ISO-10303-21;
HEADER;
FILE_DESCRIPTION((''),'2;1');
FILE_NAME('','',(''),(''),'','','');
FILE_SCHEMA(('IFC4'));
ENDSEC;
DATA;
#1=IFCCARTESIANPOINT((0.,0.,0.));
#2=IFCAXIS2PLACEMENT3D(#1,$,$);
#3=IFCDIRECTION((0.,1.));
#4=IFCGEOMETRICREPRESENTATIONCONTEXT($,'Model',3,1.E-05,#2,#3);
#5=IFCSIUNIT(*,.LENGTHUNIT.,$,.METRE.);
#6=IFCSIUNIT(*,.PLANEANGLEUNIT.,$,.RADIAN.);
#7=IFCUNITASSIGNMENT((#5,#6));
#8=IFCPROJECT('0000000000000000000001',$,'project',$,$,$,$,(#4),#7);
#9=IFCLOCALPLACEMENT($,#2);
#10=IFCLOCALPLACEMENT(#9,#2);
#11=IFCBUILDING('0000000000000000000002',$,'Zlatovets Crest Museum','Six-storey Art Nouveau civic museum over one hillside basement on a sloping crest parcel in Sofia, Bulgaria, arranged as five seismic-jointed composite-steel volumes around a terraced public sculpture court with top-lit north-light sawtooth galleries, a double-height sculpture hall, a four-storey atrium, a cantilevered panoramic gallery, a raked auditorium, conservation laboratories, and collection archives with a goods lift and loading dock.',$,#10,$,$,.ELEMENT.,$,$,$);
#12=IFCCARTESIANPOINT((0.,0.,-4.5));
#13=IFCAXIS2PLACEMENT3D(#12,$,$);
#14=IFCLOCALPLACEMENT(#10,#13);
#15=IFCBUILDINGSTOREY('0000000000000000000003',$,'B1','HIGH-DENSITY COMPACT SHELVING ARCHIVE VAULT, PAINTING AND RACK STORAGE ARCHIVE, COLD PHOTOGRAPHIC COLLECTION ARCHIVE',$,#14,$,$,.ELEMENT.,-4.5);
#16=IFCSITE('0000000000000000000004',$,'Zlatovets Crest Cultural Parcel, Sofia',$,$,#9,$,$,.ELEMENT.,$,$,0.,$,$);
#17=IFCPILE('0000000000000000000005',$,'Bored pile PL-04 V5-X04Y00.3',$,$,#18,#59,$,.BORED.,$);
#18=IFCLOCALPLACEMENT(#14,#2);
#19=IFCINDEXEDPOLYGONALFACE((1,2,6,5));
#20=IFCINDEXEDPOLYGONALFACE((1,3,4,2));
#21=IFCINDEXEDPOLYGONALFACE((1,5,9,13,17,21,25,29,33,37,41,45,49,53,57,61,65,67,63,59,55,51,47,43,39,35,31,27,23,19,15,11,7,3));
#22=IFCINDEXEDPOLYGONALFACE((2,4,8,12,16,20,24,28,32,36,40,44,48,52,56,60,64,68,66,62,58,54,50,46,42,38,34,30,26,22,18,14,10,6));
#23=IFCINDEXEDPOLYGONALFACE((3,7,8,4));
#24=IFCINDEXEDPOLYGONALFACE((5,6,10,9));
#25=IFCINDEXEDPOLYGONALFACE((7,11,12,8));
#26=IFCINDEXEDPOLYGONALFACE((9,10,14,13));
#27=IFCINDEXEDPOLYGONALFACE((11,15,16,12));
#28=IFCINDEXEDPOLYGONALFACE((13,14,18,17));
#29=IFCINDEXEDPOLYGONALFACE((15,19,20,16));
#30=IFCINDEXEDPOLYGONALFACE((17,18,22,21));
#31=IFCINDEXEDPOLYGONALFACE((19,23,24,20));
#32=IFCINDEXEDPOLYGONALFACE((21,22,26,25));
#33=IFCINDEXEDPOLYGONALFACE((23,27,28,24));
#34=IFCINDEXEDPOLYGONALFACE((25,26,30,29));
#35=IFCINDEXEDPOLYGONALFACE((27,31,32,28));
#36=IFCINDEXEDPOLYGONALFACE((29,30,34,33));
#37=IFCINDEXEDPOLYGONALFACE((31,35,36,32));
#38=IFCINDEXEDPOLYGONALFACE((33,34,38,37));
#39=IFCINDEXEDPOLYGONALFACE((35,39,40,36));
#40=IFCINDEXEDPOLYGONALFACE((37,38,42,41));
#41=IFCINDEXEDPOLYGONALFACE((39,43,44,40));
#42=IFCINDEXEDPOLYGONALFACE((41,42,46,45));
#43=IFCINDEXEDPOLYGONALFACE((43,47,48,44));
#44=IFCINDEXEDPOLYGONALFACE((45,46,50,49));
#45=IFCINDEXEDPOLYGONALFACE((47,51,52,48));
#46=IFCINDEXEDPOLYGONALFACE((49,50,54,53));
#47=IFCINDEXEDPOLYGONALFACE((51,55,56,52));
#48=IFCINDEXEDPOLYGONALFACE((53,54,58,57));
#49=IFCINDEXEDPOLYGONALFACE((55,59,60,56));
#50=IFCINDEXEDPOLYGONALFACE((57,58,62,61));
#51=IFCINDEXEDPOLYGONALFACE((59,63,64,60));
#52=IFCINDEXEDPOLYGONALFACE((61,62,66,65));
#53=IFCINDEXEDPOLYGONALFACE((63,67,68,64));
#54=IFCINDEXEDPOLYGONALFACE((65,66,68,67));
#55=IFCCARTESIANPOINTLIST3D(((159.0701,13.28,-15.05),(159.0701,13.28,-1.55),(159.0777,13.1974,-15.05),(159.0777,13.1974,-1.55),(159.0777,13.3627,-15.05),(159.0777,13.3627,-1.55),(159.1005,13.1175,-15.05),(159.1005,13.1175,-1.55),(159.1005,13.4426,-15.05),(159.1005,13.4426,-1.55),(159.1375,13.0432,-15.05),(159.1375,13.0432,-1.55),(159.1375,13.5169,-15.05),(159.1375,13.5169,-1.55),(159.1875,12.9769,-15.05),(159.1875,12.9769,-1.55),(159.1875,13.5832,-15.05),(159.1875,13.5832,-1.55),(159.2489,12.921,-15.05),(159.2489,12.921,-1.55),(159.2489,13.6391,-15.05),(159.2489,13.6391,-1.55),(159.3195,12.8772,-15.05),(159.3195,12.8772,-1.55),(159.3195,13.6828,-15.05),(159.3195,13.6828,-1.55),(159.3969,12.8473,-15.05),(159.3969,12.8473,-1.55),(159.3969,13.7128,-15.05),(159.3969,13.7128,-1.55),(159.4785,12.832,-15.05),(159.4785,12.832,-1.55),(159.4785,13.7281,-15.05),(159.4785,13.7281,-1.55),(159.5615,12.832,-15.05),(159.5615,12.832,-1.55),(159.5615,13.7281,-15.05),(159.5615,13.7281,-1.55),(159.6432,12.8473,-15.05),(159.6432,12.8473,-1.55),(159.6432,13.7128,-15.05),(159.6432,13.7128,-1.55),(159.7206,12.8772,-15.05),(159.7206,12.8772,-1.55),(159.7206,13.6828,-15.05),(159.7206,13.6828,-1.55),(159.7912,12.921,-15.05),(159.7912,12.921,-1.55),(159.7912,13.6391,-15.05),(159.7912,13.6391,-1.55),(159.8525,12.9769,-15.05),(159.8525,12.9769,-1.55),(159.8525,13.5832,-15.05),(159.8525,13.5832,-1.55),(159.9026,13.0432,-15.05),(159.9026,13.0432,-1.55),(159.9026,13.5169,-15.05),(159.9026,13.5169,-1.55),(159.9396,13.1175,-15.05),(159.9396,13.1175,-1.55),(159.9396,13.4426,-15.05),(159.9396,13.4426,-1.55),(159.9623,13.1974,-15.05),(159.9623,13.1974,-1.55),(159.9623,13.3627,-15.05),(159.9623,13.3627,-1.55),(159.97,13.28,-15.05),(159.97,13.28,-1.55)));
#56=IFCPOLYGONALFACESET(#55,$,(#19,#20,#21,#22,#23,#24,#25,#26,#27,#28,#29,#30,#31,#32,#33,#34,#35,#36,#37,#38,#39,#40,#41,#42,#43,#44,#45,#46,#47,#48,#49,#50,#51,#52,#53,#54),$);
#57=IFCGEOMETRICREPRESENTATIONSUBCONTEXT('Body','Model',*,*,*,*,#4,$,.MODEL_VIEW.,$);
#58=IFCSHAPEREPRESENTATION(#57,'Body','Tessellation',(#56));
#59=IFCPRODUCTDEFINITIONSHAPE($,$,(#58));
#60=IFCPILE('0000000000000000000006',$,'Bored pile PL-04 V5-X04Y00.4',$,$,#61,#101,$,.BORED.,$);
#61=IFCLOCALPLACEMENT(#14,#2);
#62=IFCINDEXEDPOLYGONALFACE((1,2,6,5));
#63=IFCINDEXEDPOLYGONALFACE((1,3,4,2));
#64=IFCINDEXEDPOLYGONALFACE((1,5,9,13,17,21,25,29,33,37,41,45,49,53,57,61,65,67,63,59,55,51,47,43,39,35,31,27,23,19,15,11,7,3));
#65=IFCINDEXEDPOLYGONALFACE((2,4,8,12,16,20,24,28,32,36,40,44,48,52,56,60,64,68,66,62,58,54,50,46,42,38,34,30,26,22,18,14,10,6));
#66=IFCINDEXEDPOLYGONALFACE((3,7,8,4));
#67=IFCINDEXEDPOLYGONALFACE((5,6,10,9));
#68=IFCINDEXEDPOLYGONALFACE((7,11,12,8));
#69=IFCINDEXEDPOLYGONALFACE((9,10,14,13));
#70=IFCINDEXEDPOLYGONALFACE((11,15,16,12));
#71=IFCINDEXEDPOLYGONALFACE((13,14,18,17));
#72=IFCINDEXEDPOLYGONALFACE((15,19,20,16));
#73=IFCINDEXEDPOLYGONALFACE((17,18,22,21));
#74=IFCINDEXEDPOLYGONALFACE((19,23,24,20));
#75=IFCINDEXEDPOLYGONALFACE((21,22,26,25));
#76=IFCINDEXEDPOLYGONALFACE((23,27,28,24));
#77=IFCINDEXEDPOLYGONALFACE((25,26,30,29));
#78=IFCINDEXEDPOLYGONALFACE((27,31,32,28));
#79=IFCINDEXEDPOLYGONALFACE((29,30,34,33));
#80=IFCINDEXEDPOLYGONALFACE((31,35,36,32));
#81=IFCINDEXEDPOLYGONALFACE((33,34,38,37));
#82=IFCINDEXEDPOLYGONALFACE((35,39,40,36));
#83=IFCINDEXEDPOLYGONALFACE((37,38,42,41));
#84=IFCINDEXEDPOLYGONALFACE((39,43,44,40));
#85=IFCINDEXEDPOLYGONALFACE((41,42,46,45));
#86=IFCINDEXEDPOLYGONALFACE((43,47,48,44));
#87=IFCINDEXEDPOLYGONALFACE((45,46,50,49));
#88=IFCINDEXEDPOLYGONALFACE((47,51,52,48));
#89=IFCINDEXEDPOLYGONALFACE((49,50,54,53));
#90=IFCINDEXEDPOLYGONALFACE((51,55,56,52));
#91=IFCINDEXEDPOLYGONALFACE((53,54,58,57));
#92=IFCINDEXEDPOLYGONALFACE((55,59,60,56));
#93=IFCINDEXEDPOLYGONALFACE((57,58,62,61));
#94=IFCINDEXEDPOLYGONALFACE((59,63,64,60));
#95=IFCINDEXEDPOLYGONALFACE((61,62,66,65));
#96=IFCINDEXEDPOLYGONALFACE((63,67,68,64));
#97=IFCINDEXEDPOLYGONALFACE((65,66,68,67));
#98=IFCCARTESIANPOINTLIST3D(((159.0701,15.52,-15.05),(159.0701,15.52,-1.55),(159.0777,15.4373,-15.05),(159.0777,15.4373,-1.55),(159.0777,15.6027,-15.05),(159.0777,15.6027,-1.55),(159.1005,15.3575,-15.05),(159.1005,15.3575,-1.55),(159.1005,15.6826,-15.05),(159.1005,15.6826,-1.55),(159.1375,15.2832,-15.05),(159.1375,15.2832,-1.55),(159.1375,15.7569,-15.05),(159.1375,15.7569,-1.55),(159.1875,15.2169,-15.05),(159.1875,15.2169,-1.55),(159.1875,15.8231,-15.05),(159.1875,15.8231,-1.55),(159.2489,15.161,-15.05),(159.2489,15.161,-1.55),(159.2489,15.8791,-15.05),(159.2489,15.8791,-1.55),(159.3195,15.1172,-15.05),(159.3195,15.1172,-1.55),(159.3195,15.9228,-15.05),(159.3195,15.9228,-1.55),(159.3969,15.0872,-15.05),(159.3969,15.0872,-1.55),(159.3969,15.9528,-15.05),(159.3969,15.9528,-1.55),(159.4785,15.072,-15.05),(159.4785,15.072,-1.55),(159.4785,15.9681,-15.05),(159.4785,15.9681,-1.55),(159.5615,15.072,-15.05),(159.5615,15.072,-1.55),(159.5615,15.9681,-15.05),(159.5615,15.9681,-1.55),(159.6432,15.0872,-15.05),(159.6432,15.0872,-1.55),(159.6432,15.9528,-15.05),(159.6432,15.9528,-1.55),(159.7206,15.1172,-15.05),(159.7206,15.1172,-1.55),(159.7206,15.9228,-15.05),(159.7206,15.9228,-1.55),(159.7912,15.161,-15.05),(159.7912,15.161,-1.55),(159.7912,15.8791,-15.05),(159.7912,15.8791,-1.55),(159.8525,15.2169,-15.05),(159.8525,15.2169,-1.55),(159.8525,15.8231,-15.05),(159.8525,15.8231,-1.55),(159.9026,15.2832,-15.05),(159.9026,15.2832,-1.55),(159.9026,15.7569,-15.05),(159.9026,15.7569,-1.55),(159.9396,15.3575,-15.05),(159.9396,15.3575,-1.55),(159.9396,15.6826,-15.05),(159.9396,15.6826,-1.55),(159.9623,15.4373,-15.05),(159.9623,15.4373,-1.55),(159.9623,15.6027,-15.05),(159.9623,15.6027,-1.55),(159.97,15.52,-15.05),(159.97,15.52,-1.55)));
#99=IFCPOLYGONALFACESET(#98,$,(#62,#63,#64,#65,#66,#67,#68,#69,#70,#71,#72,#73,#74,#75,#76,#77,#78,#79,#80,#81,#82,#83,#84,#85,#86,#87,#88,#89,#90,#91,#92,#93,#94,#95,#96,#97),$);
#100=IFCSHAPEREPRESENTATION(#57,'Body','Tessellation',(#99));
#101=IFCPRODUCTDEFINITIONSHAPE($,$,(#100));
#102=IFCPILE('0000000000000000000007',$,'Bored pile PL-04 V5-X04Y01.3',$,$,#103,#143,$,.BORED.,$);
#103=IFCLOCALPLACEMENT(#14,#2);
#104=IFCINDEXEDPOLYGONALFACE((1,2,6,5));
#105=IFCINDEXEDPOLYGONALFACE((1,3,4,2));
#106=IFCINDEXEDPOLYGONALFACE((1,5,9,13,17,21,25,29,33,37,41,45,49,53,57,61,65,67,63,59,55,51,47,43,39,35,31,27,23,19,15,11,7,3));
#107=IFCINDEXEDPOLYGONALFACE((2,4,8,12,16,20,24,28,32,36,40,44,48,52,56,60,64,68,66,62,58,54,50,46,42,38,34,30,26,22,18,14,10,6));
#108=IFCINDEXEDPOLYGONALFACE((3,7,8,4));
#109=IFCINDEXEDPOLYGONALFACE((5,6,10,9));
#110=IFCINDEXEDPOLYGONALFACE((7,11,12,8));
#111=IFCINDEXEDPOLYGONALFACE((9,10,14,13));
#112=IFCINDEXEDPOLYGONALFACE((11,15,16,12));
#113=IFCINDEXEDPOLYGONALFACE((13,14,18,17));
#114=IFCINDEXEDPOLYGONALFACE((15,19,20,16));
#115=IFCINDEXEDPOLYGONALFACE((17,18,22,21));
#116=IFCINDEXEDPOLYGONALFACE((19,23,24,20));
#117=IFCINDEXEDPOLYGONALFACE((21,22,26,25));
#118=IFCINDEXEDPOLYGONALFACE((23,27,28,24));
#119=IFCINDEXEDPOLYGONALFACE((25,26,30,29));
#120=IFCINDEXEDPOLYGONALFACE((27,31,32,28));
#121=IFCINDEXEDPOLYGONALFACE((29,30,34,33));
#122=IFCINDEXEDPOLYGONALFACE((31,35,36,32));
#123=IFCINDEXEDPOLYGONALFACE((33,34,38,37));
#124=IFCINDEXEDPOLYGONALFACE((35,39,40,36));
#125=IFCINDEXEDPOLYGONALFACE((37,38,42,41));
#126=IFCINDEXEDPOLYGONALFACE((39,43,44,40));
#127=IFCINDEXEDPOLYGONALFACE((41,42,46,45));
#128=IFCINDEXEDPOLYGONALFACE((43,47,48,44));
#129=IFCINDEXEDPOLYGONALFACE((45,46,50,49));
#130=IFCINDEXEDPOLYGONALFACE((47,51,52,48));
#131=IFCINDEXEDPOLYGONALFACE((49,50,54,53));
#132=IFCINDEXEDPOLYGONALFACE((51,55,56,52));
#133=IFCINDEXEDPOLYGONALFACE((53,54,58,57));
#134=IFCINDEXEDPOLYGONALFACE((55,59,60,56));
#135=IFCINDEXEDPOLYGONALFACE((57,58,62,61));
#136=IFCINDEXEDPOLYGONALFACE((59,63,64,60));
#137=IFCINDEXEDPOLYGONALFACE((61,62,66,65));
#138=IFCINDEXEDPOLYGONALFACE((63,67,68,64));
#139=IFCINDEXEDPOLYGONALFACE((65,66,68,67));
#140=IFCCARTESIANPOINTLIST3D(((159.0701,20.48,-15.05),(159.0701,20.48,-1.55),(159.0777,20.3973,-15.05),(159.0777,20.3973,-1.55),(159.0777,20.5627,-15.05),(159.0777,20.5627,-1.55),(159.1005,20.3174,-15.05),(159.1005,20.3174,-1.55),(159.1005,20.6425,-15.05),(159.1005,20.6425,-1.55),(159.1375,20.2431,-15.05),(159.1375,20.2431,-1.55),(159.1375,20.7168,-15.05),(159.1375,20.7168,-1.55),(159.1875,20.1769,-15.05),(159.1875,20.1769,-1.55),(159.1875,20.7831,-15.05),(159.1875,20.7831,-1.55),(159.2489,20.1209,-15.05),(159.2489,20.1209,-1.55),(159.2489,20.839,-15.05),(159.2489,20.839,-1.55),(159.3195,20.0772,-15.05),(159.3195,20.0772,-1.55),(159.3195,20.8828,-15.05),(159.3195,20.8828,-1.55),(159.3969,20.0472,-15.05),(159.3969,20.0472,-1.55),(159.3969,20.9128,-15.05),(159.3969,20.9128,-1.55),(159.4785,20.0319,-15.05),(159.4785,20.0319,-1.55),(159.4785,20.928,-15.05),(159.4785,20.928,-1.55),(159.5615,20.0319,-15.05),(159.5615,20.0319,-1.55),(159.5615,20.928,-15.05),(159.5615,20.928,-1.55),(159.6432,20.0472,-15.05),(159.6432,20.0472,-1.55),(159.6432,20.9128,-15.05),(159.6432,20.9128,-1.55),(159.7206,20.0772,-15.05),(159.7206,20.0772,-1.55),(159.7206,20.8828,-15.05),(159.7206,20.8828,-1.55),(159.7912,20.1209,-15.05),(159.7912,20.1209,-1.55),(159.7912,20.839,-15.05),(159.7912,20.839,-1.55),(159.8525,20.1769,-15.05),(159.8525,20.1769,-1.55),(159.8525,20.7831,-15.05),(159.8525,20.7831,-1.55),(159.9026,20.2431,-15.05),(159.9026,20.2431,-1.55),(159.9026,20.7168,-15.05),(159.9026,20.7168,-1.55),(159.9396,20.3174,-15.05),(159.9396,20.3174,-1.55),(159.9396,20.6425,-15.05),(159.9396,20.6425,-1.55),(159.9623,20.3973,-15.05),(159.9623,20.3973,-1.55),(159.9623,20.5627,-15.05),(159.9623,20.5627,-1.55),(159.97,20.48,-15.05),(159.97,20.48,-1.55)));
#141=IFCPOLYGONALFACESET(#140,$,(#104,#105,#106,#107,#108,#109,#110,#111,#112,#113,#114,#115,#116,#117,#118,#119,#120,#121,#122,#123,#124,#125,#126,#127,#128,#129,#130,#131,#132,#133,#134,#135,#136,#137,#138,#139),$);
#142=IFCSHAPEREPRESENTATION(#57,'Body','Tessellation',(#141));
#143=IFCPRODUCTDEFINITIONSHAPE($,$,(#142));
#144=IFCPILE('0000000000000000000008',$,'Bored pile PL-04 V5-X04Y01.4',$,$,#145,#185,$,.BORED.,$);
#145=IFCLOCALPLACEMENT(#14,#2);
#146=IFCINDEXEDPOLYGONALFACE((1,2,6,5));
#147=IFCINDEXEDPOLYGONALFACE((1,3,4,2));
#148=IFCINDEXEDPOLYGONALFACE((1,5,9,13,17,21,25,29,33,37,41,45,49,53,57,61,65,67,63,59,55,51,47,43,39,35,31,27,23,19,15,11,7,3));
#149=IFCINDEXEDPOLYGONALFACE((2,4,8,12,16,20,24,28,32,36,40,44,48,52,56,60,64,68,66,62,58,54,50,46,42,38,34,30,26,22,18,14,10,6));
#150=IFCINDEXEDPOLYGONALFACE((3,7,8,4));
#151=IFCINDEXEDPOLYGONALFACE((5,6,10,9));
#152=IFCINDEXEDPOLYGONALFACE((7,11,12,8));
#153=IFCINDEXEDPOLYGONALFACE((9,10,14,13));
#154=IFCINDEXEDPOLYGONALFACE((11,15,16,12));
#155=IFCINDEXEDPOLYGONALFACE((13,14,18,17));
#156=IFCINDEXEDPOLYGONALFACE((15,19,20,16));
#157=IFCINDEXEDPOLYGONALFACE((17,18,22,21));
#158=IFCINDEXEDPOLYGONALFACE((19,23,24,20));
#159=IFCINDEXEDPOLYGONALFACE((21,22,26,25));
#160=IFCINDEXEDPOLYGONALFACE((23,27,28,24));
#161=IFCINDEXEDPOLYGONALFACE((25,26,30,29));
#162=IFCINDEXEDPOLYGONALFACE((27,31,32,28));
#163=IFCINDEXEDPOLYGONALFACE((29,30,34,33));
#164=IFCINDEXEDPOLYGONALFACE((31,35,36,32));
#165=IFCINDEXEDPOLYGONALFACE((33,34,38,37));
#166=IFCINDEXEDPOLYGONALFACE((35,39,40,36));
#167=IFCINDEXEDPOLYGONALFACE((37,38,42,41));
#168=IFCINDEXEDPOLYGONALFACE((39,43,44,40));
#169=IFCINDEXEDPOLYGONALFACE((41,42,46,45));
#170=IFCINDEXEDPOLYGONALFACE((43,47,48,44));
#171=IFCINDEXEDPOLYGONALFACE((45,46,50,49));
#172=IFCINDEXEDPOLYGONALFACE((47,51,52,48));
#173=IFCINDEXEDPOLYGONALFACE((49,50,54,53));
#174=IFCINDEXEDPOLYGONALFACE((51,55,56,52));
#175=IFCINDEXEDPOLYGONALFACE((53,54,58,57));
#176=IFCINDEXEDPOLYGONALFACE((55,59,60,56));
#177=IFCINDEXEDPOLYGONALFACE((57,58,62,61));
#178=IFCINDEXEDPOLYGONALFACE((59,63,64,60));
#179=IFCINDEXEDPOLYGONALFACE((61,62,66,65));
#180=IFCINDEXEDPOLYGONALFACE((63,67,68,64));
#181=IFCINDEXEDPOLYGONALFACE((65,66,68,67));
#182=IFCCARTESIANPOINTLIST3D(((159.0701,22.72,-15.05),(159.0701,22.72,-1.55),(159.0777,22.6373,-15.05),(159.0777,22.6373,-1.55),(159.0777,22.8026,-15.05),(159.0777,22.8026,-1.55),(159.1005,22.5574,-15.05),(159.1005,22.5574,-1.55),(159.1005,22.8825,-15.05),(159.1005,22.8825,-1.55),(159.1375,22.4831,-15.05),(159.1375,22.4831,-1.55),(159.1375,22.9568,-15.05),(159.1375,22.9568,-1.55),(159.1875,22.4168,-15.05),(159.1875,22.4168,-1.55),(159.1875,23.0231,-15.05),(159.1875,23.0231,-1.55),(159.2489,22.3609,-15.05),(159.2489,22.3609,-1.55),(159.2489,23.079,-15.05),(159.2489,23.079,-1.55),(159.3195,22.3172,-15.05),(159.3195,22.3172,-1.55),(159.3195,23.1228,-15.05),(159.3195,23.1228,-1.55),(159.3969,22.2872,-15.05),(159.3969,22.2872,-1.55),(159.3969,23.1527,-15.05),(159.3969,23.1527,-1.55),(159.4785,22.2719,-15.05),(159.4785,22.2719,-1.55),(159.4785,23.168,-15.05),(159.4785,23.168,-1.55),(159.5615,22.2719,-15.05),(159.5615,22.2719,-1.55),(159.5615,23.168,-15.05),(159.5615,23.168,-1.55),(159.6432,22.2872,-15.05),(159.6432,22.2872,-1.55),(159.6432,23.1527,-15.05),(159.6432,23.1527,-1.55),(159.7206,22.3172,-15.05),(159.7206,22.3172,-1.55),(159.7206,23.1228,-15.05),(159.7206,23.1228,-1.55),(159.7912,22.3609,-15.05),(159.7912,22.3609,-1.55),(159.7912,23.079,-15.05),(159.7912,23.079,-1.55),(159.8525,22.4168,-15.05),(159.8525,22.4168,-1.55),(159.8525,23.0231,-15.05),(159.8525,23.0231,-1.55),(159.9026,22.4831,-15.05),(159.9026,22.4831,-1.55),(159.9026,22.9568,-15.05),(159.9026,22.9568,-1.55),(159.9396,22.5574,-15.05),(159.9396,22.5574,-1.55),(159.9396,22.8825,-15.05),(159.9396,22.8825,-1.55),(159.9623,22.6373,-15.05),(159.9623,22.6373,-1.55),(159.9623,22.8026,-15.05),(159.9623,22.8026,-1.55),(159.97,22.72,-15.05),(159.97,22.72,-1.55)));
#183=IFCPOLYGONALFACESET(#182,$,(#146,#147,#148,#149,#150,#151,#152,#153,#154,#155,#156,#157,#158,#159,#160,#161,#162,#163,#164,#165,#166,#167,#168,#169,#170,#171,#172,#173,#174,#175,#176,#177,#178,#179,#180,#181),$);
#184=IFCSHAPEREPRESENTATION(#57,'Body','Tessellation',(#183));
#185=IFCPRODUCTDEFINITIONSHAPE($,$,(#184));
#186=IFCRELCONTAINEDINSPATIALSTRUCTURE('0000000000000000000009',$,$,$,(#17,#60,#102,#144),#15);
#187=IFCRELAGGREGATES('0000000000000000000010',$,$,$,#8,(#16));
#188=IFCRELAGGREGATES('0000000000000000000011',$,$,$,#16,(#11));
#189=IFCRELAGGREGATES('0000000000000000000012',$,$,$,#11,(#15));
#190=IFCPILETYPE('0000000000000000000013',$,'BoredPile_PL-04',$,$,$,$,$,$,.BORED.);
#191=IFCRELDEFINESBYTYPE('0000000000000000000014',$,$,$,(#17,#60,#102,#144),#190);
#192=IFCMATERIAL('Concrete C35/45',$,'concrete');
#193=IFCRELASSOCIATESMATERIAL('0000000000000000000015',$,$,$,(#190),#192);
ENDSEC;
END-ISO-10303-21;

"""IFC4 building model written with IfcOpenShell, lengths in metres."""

from ifc_helpers import new_model, si_unit, direction, frame, origin, origin_2d, place, context, subcontext, project, spatial, circle, extrude, material, material_profile, profile_set, type_object, element, save


model = new_model("IFC4")

# Units and contexts
model_context = context("Model", 3, precision=1e-05, world=origin(), true_north=direction((0.0, 1.0)))
body_context = subcontext(model_context, "Body", "Model", "MODEL_VIEW")
ifc_project = project(units=[si_unit("LENGTHUNIT", "METRE"), si_unit("PLANEANGLEUNIT", "RADIAN")], contexts=[model_context])

# Site, building, storey
site_placement = place(None, origin())
site = spatial("IfcSite", under=ifc_project, at=site_placement, Name="Zlatovets Crest Cultural Parcel, Sofia", CompositionType="ELEMENT", RefElevation=0.0)
building_placement = place(site_placement, origin())
building = spatial("IfcBuilding", under=site, at=building_placement, Name="Zlatovets Crest Museum", Description="Six-storey Art Nouveau civic museum over one hillside basement on a sloping crest parcel in Sofia, Bulgaria, arranged as five seismic-jointed composite-steel volumes around a terraced public sculpture court with top-lit north-light sawtooth galleries, a double-height sculpture hall, a four-storey atrium, a cantilevered panoramic gallery, a raked auditorium, conservation laboratories, and collection archives with a goods lift and loading dock.", CompositionType="ELEMENT")
storey_placement = place(building_placement, frame((0.0, 0.0, -4.5)))
storey = spatial("IfcBuildingStorey", under=building, at=storey_placement, Name="B1", Description="HIGH-DENSITY COMPACT SHELVING ARCHIVE VAULT, PAINTING AND RACK STORAGE ARCHIVE, COLD PHOTOGRAPHIC COLLECTION ARCHIVE", CompositionType="ELEMENT", Elevation=-4.5)

# Piles
ifc_material = material(Name="Concrete C35/45", Category="concrete")
ifc_material_profile_1 = material_profile(ifc_material, circle(Radius=0.45, at=origin_2d()), Name="PILE D900")
ifc_profile_set_1 = profile_set([ifc_material_profile_1], Name="Concrete C35/45")
pile_type = type_object("IfcPileType", Name="BoredPile_PL-04", PredefinedType="BORED", material=ifc_profile_set_1)
for number, where, z_axis, x_axis, name in (
    (1, (159.52, 13.28, -1.55), (0.0, 0.0, -1.0), (1.0, 0.0, 0.0), "Bored pile PL-04 V5-X04Y00.3"),
    (2, (159.52, 15.52, -1.55), (0.0, 0.0, -1.0), (1.0, 0.0, 0.0), "Bored pile PL-04 V5-X04Y00.4"),
    (3, (159.52, 20.48, -1.55), (0.0, 0.0, -1.0), (1.0, 0.0, 0.0), "Bored pile PL-04 V5-X04Y01.3"),
    (4, (159.52, 22.72, -1.55), (0.0, 0.0, -1.0), (1.0, 0.0, 0.0), "Bored pile PL-04 V5-X04Y01.4"),
):
    element("IfcPile", number, at=place(storey_placement, frame(where, z_axis=z_axis, x_axis=x_axis)), inside=storey, type_object=pile_type, Name=name, PredefinedType="BORED", context=body_context, shape_type="SweptSolid", body=[
        extrude(circle(Radius=0.45, at=origin_2d()), origin(), (0.0, 0.0, 1.0), 13.5),
    ])

save(model, "model.ifc")
